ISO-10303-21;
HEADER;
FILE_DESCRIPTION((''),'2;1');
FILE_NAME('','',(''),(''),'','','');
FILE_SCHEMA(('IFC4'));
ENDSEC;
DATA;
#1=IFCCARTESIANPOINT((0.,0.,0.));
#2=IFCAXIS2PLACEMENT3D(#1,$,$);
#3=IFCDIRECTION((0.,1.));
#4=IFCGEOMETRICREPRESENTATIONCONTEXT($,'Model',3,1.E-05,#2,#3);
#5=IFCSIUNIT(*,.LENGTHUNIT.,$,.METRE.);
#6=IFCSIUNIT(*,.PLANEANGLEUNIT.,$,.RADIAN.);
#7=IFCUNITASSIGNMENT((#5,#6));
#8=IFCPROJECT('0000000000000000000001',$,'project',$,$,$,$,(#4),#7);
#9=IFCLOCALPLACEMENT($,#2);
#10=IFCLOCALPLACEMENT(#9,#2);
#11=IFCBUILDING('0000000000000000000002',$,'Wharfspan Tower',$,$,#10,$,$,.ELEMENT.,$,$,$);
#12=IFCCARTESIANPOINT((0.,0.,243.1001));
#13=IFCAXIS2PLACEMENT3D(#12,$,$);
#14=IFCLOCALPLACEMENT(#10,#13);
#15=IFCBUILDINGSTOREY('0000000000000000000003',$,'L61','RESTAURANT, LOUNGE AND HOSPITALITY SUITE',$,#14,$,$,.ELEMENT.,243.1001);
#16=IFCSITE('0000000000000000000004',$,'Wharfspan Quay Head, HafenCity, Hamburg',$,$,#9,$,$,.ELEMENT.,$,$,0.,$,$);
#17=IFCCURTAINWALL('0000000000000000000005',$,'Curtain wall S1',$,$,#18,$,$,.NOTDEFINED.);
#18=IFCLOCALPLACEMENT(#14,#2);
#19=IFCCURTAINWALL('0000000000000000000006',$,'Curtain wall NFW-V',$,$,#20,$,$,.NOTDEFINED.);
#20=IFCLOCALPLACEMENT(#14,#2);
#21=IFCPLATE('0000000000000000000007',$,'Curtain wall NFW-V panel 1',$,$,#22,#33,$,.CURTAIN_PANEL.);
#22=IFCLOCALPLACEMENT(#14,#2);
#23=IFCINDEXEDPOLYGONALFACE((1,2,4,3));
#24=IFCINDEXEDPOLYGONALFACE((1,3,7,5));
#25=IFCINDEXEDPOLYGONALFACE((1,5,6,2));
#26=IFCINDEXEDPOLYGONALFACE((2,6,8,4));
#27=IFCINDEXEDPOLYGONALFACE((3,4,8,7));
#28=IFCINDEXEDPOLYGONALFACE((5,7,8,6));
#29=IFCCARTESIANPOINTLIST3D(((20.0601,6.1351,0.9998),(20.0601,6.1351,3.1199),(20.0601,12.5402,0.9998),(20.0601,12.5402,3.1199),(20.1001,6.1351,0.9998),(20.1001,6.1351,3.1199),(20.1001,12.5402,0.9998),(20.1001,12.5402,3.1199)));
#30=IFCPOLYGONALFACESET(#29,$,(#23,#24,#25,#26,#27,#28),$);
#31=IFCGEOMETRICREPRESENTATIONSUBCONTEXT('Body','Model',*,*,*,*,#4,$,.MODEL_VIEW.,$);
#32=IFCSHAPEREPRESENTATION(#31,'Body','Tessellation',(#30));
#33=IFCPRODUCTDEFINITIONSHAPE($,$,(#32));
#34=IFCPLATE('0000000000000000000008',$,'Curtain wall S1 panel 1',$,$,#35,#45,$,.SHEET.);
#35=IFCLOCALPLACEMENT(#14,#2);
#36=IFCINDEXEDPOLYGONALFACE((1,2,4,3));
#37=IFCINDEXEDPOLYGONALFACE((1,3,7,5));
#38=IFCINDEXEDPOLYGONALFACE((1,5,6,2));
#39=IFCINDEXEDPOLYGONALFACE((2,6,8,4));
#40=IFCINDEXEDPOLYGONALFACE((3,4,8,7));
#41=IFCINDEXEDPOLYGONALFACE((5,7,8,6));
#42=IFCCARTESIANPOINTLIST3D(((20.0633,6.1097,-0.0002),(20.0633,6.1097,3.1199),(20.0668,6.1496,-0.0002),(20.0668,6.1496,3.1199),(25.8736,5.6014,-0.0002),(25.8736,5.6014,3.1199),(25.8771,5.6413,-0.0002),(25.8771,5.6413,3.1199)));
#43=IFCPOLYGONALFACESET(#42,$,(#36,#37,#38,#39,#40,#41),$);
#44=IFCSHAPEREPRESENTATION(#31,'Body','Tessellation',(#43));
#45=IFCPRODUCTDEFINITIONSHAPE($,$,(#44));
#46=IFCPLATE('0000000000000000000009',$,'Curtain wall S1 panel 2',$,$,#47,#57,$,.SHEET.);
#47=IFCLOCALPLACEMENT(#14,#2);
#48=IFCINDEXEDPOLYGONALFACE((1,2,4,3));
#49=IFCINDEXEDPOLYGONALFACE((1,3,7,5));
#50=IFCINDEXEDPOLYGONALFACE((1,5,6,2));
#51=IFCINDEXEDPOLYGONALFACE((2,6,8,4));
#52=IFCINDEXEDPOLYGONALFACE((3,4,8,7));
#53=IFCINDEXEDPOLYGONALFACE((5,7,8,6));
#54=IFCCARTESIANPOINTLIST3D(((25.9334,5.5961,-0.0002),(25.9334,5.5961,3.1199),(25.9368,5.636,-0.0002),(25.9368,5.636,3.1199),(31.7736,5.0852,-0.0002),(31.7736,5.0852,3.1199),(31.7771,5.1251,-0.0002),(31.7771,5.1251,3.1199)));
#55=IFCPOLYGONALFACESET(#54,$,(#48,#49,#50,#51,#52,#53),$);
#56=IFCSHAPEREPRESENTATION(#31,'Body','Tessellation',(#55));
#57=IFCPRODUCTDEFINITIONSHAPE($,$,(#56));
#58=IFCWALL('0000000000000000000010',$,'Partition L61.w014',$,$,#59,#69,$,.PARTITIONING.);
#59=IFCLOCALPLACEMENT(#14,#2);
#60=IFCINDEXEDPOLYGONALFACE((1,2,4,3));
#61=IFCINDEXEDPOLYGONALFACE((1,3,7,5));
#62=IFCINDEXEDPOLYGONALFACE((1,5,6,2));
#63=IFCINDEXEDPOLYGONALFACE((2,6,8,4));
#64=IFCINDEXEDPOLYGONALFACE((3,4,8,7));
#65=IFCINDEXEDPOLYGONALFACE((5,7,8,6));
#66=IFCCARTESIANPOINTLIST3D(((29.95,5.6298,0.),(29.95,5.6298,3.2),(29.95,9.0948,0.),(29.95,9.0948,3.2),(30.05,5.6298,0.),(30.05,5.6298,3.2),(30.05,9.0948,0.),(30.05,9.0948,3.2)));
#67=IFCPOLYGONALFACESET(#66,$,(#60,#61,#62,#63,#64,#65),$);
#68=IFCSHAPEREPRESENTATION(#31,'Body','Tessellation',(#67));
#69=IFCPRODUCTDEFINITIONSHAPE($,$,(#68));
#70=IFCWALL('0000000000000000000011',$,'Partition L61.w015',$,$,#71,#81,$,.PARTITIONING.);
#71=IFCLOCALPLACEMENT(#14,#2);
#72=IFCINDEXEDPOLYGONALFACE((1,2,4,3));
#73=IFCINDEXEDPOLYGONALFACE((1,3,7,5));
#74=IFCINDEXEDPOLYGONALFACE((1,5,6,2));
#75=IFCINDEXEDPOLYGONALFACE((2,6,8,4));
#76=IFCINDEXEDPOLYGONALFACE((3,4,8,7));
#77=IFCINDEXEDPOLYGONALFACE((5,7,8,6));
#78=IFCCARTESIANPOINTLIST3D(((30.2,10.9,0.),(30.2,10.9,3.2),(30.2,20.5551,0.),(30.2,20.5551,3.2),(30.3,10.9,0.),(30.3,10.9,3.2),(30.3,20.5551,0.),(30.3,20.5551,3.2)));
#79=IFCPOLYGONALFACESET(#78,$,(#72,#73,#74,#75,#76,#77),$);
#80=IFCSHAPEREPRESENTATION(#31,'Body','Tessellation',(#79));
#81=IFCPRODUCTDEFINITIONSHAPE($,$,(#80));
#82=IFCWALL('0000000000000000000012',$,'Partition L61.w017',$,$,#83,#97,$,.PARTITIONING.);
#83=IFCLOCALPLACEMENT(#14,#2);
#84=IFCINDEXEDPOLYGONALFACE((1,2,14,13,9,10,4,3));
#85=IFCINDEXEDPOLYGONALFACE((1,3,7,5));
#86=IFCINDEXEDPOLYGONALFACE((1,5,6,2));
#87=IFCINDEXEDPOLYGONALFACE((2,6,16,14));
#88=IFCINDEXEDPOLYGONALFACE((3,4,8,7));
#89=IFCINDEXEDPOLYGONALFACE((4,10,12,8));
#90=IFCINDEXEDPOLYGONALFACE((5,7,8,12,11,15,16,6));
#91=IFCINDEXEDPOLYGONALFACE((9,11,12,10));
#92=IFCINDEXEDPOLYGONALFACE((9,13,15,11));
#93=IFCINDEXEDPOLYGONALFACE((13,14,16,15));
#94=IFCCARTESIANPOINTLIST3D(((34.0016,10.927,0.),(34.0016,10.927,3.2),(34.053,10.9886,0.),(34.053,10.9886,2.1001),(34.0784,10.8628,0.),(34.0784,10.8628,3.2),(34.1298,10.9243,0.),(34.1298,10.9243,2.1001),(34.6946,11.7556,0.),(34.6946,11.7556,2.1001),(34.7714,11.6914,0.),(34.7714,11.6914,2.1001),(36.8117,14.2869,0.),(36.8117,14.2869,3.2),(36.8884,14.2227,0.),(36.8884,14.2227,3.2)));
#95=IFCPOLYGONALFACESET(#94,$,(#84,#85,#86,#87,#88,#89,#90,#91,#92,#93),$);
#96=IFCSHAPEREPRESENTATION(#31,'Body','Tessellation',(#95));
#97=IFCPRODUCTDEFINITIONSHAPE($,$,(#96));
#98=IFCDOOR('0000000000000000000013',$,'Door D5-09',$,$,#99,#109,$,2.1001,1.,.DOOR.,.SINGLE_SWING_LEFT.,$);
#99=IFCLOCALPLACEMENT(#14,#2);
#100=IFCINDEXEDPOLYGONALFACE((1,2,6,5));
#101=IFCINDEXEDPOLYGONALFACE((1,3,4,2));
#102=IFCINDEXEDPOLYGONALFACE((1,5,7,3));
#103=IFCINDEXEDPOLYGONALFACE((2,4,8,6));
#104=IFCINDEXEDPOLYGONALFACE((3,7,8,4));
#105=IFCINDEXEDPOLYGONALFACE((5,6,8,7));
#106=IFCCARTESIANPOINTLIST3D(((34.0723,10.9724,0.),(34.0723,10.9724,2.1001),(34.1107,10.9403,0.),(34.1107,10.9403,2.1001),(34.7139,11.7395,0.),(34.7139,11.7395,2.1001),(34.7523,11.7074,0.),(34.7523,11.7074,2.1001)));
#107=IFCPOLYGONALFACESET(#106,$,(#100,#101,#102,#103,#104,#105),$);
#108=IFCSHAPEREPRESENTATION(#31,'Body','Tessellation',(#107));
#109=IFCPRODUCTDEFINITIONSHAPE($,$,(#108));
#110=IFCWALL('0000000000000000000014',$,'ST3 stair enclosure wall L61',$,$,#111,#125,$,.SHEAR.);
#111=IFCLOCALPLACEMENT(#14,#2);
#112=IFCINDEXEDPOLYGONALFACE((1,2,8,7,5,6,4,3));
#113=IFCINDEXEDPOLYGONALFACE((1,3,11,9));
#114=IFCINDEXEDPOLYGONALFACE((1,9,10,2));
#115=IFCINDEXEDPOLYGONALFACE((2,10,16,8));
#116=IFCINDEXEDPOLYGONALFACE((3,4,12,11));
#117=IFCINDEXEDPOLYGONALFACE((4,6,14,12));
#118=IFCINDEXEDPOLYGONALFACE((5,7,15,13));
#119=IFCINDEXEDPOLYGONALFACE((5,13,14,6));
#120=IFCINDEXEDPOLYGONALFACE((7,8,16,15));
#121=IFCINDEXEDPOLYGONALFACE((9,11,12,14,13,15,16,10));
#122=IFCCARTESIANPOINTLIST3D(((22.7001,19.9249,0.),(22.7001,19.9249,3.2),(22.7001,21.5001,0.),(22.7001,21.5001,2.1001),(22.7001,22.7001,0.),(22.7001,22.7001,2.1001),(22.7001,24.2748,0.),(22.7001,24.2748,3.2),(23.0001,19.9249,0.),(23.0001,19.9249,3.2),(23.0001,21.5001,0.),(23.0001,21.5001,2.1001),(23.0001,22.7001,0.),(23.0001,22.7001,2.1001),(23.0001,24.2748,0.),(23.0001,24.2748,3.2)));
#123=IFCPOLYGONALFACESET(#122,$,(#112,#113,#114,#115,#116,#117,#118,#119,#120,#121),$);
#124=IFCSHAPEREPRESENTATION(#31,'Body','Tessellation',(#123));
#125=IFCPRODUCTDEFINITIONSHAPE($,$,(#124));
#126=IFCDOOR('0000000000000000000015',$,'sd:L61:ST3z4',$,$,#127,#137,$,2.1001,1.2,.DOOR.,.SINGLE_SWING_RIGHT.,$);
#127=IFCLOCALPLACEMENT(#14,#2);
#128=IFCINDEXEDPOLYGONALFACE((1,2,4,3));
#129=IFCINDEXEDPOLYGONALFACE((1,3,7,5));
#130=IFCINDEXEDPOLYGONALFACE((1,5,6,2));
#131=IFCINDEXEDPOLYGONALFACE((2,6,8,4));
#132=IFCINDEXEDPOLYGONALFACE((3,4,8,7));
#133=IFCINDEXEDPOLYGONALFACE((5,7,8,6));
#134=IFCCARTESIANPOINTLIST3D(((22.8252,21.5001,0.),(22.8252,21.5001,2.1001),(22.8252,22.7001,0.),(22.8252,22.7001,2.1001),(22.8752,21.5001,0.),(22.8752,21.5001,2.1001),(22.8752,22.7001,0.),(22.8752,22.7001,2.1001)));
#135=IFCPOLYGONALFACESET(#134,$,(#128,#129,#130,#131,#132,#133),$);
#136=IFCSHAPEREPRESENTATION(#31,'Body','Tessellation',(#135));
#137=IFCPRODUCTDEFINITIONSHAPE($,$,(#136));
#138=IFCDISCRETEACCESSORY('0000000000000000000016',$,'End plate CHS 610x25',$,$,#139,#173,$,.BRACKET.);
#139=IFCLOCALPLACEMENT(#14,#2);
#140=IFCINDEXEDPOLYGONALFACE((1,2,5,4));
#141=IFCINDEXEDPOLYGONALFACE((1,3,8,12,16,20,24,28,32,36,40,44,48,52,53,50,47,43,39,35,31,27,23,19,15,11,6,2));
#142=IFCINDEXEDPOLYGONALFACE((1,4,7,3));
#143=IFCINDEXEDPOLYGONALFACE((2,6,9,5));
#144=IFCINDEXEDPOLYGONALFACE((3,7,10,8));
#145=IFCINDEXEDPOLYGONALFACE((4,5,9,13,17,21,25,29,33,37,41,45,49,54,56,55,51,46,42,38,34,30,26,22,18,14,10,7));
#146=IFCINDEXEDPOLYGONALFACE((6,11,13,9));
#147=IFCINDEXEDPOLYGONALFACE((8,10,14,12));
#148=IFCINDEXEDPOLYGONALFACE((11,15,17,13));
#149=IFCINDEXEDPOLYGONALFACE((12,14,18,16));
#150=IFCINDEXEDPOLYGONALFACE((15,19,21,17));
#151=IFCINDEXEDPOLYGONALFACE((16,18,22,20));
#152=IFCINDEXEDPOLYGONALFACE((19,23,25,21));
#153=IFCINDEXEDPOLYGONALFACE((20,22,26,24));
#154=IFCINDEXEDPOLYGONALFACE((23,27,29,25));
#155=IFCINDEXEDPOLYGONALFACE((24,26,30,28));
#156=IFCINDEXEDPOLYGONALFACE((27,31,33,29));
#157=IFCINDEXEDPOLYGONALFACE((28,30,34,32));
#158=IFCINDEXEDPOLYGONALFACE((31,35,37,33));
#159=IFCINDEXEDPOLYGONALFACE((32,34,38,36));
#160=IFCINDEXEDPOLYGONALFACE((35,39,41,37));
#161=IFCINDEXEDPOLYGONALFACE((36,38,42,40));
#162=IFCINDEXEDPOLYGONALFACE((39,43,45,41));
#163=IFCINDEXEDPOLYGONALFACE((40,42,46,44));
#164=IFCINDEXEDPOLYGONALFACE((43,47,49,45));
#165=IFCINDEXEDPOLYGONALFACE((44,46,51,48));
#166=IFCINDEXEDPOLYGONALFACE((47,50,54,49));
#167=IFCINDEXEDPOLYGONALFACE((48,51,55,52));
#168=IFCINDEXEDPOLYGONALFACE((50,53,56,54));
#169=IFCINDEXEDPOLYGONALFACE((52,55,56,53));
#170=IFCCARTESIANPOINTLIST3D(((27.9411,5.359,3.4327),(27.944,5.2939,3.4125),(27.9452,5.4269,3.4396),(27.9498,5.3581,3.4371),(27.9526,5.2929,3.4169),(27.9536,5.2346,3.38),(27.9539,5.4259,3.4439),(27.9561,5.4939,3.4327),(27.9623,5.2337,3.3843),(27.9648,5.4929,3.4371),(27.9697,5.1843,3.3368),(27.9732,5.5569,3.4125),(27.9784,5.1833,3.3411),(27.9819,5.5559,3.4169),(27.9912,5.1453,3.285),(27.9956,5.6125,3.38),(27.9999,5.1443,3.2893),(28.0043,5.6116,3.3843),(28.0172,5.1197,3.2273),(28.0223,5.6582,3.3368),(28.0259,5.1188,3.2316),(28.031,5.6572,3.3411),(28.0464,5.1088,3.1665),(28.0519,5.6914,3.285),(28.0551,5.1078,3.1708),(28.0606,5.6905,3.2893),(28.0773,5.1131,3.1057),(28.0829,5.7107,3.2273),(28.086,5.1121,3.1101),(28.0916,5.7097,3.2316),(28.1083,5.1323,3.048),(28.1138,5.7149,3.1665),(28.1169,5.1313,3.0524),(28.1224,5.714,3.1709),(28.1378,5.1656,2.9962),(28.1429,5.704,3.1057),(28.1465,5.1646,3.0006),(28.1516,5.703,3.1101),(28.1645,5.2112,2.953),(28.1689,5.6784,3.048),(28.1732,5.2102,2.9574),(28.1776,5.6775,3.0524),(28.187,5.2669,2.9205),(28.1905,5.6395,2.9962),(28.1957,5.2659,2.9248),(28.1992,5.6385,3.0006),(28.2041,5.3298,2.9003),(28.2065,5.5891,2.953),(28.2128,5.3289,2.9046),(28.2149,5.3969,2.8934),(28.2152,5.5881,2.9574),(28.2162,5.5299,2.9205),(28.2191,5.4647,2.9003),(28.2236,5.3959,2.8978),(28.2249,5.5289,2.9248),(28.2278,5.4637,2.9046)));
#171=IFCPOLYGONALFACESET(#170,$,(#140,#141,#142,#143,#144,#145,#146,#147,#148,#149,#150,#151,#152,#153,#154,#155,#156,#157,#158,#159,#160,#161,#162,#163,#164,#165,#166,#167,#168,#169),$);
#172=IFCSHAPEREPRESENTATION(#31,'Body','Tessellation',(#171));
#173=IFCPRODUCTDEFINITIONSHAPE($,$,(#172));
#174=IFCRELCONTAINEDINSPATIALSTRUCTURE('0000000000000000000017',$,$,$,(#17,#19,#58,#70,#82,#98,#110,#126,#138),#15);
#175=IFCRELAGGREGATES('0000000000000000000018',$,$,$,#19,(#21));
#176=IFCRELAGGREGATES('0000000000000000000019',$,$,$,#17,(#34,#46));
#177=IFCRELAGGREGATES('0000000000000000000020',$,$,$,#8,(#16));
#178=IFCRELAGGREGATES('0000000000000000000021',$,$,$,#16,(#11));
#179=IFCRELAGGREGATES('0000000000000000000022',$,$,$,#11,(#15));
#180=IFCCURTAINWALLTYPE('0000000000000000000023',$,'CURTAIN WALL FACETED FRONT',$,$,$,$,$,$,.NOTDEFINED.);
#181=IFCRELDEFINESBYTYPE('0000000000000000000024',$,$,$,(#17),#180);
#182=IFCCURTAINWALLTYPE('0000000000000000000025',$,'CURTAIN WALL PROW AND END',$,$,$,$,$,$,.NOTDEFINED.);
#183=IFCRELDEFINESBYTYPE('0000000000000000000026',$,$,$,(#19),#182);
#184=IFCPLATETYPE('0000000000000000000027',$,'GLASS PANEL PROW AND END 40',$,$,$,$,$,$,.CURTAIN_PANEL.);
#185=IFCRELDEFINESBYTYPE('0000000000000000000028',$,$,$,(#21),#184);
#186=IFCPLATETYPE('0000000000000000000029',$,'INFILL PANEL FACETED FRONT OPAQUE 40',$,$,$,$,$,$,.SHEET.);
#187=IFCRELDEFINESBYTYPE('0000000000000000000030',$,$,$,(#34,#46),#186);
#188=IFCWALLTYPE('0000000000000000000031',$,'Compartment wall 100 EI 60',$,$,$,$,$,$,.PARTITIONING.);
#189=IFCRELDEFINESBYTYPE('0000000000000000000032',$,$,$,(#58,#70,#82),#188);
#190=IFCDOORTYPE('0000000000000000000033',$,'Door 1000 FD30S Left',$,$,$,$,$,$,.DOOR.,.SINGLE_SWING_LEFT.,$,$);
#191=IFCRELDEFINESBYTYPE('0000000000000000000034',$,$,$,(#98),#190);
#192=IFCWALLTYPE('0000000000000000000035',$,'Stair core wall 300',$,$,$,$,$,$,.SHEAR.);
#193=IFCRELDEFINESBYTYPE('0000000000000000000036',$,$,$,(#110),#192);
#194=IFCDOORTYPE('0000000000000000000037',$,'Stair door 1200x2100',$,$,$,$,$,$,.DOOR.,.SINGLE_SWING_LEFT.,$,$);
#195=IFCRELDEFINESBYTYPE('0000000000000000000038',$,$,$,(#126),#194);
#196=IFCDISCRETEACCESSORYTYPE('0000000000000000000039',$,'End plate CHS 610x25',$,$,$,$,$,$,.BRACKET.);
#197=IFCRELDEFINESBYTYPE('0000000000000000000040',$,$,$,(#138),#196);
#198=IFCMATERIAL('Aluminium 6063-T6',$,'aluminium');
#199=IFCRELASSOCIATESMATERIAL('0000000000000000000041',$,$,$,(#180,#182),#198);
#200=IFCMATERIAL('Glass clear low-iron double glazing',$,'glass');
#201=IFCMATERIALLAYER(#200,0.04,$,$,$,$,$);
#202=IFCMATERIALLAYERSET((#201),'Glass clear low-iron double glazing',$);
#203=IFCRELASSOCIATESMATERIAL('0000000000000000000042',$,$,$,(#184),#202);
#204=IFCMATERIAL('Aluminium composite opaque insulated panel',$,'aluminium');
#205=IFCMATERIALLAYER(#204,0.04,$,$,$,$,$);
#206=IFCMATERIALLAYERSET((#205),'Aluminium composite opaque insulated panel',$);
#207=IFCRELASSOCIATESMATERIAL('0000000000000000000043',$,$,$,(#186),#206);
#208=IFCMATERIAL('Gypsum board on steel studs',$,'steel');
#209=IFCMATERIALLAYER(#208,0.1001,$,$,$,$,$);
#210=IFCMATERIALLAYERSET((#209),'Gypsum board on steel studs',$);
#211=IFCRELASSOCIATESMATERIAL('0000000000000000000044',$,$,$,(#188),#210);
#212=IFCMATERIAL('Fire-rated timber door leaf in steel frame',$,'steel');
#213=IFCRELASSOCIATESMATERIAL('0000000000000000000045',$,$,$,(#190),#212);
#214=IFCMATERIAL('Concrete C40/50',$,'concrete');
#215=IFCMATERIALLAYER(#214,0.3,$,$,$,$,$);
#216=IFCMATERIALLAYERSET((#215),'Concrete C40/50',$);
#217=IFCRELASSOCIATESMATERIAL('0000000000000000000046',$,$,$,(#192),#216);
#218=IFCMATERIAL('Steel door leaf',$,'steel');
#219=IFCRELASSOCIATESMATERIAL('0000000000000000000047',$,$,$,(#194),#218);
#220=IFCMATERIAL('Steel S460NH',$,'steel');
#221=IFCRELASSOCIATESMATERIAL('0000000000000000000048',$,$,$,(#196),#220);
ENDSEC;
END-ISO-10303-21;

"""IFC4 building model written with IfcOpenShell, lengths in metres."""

from ifc_helpers import new_model, si_unit, direction, frame, frame_2d, origin, origin_2d, place, context, subcontext, project, spatial, rectangle, circle, extrude, material, layer, layer_set, material_profile, profile_set, type_object, element, fill, aggregate, save


model = new_model("IFC4")

# Units and contexts
model_context = context("Model", 3, precision=1e-05, world=origin(), true_north=direction((0.0, 1.0)))
body_context = subcontext(model_context, "Body", "Model", "MODEL_VIEW")
ifc_project = project(units=[si_unit("LENGTHUNIT", "METRE"), si_unit("PLANEANGLEUNIT", "RADIAN")], contexts=[model_context])

# Site, building, storey
site_placement = place(None, origin())
site = spatial("IfcSite", under=ifc_project, at=site_placement, Name="Wharfspan Quay Head, HafenCity, Hamburg", CompositionType="ELEMENT", RefElevation=0.0)
building_placement = place(site_placement, origin())
building = spatial("IfcBuilding", under=site, at=building_placement, Name="Wharfspan Tower", CompositionType="ELEMENT")
storey_placement = place(building_placement, frame((0.0, 0.0, 243.1001)))
storey = spatial("IfcBuildingStorey", under=building, at=storey_placement, Name="L61", Description="RESTAURANT, LOUNGE AND HOSPITALITY SUITE", CompositionType="ELEMENT", Elevation=243.1001)

# Curtain wall
ifc_material_1 = material(Name="Aluminium 6063-T6", Category="aluminium")
curtain_wall_type_1 = type_object("IfcCurtainWallType", Name="CURTAIN WALL FACETED FRONT", PredefinedType="NOTDEFINED", material=ifc_material_1)
curtain_wall_1_placement = place(storey_placement, origin())
curtain_wall_1 = element("IfcCurtainWall", 1, at=curtain_wall_1_placement, inside=storey, type_object=curtain_wall_type_1, Name="Curtain wall S1", PredefinedType="NOTDEFINED")

# Shared definitions
ifc_material_2 = material(Name="Steel S460NH", Category="steel")

# Curtain wall, plate
curtain_wall_type_2 = type_object("IfcCurtainWallType", Name="CURTAIN WALL PROW AND END", PredefinedType="NOTDEFINED", material=ifc_material_1)
curtain_wall_2_placement = place(storey_placement, origin())
curtain_wall_2 = element("IfcCurtainWall", 2, at=curtain_wall_2_placement, inside=storey, type_object=curtain_wall_type_2, Name="Curtain wall NFW-V", PredefinedType="NOTDEFINED")
ifc_material_3 = material(Name="Glass clear low-iron double glazing", Category="glass")
ifc_layer_1 = layer(ifc_material_3, 0.04)
ifc_layer_set_1 = layer_set([ifc_layer_1], Name="Glass clear low-iron double glazing")
plate_type_1 = type_object("IfcPlateType", Name="GLASS PANEL PROW AND END 40", PredefinedType="CURTAIN_PANEL", material=ifc_layer_set_1)
plate_1_placement = place(storey_placement, frame((20.0801, 9.3376, 0.9998), z_axis=(0.0, 0.0, 1.0), x_axis=(0.0, -1.0, 0.0)))
plate_1 = element("IfcPlate", 3, at=plate_1_placement, type_object=plate_type_1, Name="Curtain wall NFW-V panel 1", PredefinedType="CURTAIN_PANEL", context=body_context, shape_type="SweptSolid", body=[
    extrude(rectangle(XDim=6.405, YDim=0.04, at=origin_2d()), origin(), (0.0, 0.0, 1.0), 2.1201),
])
aggregate(curtain_wall_2, [plate_1])

# Plates
ifc_material_4 = material(Name="Aluminium composite opaque insulated panel", Category="aluminium")
ifc_layer_2 = layer(ifc_material_4, 0.04)
ifc_layer_set_2 = layer_set([ifc_layer_2], Name="Aluminium composite opaque insulated panel")
plate_type_2 = type_object("IfcPlateType", Name="INFILL PANEL FACETED FRONT OPAQUE 40", PredefinedType="SHEET", material=ifc_layer_set_2)
plate_2_placement = place(storey_placement, frame((22.9702, 5.8755, -0.0002), z_axis=(0.0, 0.0, 1.0), x_axis=(0.996197, -0.087156, 0.0)))
plate_2 = element("IfcPlate", 4, at=plate_2_placement, type_object=plate_type_2, Name="Curtain wall S1 panel 1", PredefinedType="SHEET", context=body_context, shape_type="SweptSolid", body=[
    extrude(rectangle(XDim=5.8325, YDim=0.04, at=origin_2d()), origin(), (0.0, 0.0, 1.0), 3.1201),
])
plate_3_placement = place(storey_placement, frame((28.8552, 5.3606, -0.0002), z_axis=(0.0, 0.0, 1.0), x_axis=(0.996197, -0.087156, 0.0)))
plate_3 = element("IfcPlate", 5, at=plate_3_placement, type_object=plate_type_2, Name="Curtain wall S1 panel 2", PredefinedType="SHEET", context=body_context, shape_type="SweptSolid", body=[
    extrude(rectangle(XDim=5.8625, YDim=0.04, at=origin_2d()), origin(), (0.0, 0.0, 1.0), 3.1201),
])
aggregate(curtain_wall_1, [plate_2, plate_3])

# Walls
ifc_material_5 = material(Name="Gypsum board on steel studs", Category="steel")
ifc_layer_3 = layer(ifc_material_5, 0.1001)
ifc_layer_set_3 = layer_set([ifc_layer_3], Name="Gypsum board on steel studs")
wall_type_1 = type_object("IfcWallType", Name="Compartment wall 100 EI 60", PredefinedType="PARTITIONING", material=ifc_layer_set_3)
wall_1_placement = place(storey_placement, frame((30.0, 5.6299, 0.0), z_axis=(0.0, 0.0, 1.0), x_axis=(0.0, 1.0, 0.0)))
element("IfcWall", 6, at=wall_1_placement, inside=storey, type_object=wall_type_1, Name="Partition L61.w014", PredefinedType="PARTITIONING", context=body_context, shape_type="SweptSolid", body=[
    extrude(rectangle(XDim=3.4651, YDim=0.1001, at=frame_2d((1.7324, 0.0))), origin(), (0.0, 0.0, 1.0), 3.2),
])
wall_2_placement = place(storey_placement, frame((30.25, 10.8999, 0.0), z_axis=(0.0, 0.0, 1.0), x_axis=(0.0, 1.0, 0.0)))
element("IfcWall", 7, at=wall_2_placement, inside=storey, type_object=wall_type_1, Name="Partition L61.w015", PredefinedType="PARTITIONING", context=body_context, shape_type="SweptSolid", body=[
    extrude(rectangle(XDim=9.655, YDim=0.1001, at=frame_2d((4.8276, 0.0))), origin(), (0.0, 0.0, 1.0), 3.2),
])

# Walls, openings, doors
wall_3_placement = place(storey_placement, frame((34.04, 10.895, 0.0), z_axis=(0.0, 0.0, 1.0), x_axis=(0.641555, 0.767079, 0.0)))
wall_3 = element("IfcWall", 8, at=wall_3_placement, inside=storey, type_object=wall_type_1, Name="Partition L61.w017", PredefinedType="PARTITIONING", context=body_context, shape_type="SweptSolid", body=[
    extrude(rectangle(XDim=4.3801, YDim=0.1001, at=frame_2d((2.1899, 0.0))), origin(), (0.0, 0.0, 1.0), 3.2),
])
opening_1_placement = place(wall_3_placement, frame((0.0801, 0.0, 0.0)))
opening_1 = element("IfcOpeningElement", 9, at=opening_1_placement, cuts=wall_3, PredefinedType="OPENING", context=body_context, shape_type="SweptSolid", body=[
    extrude(rectangle(XDim=1.0, YDim=2.1001, at=frame_2d((0.5, 1.05))), frame((0.0, 0.0601, 0.0), z_axis=(0.0, -1.0, 0.0), x_axis=(1.0, 0.0, 0.0)), (0.0, 0.0, 1.0), 0.1201),
])
ifc_material_6 = material(Name="Fire-rated timber door leaf in steel frame", Category="steel")
door_type_1 = type_object("IfcDoorType", Name="Door 1000 FD30S Left", OperationType="SINGLE_SWING_LEFT", PredefinedType="DOOR", material=ifc_material_6)
door_1_placement = place(opening_1_placement, origin())
door_1 = element("IfcDoor", 10, at=door_1_placement, inside=storey, type_object=door_type_1, Name="Door D5-09", OperationType="SINGLE_SWING_LEFT", OverallHeight=2.1001, OverallWidth=1.0, PredefinedType="DOOR", context=body_context, shape_type="SweptSolid", body=[
    extrude(rectangle(XDim=1.0, YDim=2.1001, at=frame_2d((0.5, 1.05))), frame((0.0, 0.0249, 0.0), z_axis=(0.0, -1.0, 0.0), x_axis=(1.0, 0.0, 0.0)), (0.0, 0.0, 1.0), 0.05),
])
fill(opening_1, door_1)
ifc_material_7 = material(Name="Concrete C40/50", Category="concrete")
ifc_layer_4 = layer(ifc_material_7, 0.3)
ifc_layer_set_4 = layer_set([ifc_layer_4], Name="Concrete C40/50")
wall_type_2 = type_object("IfcWallType", Name="Stair core wall 300", PredefinedType="SHEAR", material=ifc_layer_set_4)
wall_4_placement = place(storey_placement, frame((22.8501, 19.925, 0.0), z_axis=(0.0, 0.0, 1.0), x_axis=(0.0, 1.0, 0.0)))
wall_4 = element("IfcWall", 11, at=wall_4_placement, inside=storey, type_object=wall_type_2, Name="ST3 stair enclosure wall L61", PredefinedType="SHEAR", context=body_context, shape_type="SweptSolid", body=[
    extrude(rectangle(XDim=4.3499, YDim=0.3, at=frame_2d((2.1748, 0.0))), origin(), (0.0, 0.0, 1.0), 3.2),
])
opening_2_placement = place(wall_4_placement, frame((1.575, 0.0, 0.0)))
opening_2 = element("IfcOpeningElement", 12, at=opening_2_placement, cuts=wall_4, PredefinedType="OPENING", context=body_context, shape_type="SweptSolid", body=[
    extrude(rectangle(XDim=1.2, YDim=2.1001, at=frame_2d((0.6001, 1.05))), frame((0.0, 0.1599, 0.0), z_axis=(0.0, -1.0, 0.0), x_axis=(1.0, 0.0, 0.0)), (0.0, 0.0, 1.0), 0.3201),
])
ifc_material_8 = material(Name="Steel door leaf", Category="steel")
door_type_2 = type_object("IfcDoorType", Name="Stair door 1200x2100", OperationType="SINGLE_SWING_LEFT", PredefinedType="DOOR", material=ifc_material_8)
door_2_placement = place(opening_2_placement, origin())
door_2 = element("IfcDoor", 13, at=door_2_placement, inside=storey, type_object=door_type_2, Name="sd:L61:ST3z4", OperationType="SINGLE_SWING_RIGHT", OverallHeight=2.1001, OverallWidth=1.2, PredefinedType="DOOR", context=body_context, shape_type="SweptSolid", body=[
    extrude(rectangle(XDim=1.2, YDim=2.1001, at=frame_2d((0.6001, 1.05))), frame((0.0, 0.0249, 0.0), z_axis=(0.0, -1.0, 0.0), x_axis=(1.0, 0.0, 0.0)), (0.0, 0.0, 1.0), 0.05),
])
fill(opening_2, door_2)

# Discrete accessory
ifc_material_profile_1 = material_profile(ifc_material_2, circle(Radius=0.3049, at=origin_2d()))
ifc_profile_set_1 = profile_set([ifc_material_profile_1], Name="Steel S460NH")
discrete_accessory_type = type_object("IfcDiscreteAccessoryType", Name="End plate CHS 610x25", PredefinedType="BRACKET", material=ifc_profile_set_1)
discrete_accessory_1_placement = place(storey_placement, frame((28.0801, 5.4119, 3.1665), z_axis=(0.890043, -0.098894, 0.445021), x_axis=(0.110431, 0.99388, 0.000001)))
element("IfcDiscreteAccessory", 14, at=discrete_accessory_1_placement, inside=storey, type_object=discrete_accessory_type, Name="End plate CHS 610x25", PredefinedType="BRACKET", context=body_context, shape_type="SweptSolid", body=[
    extrude(circle(Radius=0.3049, at=origin_2d()), origin(), (0.0, 0.0, 1.0), 0.0098),
])

save(model, "model.ifc")
